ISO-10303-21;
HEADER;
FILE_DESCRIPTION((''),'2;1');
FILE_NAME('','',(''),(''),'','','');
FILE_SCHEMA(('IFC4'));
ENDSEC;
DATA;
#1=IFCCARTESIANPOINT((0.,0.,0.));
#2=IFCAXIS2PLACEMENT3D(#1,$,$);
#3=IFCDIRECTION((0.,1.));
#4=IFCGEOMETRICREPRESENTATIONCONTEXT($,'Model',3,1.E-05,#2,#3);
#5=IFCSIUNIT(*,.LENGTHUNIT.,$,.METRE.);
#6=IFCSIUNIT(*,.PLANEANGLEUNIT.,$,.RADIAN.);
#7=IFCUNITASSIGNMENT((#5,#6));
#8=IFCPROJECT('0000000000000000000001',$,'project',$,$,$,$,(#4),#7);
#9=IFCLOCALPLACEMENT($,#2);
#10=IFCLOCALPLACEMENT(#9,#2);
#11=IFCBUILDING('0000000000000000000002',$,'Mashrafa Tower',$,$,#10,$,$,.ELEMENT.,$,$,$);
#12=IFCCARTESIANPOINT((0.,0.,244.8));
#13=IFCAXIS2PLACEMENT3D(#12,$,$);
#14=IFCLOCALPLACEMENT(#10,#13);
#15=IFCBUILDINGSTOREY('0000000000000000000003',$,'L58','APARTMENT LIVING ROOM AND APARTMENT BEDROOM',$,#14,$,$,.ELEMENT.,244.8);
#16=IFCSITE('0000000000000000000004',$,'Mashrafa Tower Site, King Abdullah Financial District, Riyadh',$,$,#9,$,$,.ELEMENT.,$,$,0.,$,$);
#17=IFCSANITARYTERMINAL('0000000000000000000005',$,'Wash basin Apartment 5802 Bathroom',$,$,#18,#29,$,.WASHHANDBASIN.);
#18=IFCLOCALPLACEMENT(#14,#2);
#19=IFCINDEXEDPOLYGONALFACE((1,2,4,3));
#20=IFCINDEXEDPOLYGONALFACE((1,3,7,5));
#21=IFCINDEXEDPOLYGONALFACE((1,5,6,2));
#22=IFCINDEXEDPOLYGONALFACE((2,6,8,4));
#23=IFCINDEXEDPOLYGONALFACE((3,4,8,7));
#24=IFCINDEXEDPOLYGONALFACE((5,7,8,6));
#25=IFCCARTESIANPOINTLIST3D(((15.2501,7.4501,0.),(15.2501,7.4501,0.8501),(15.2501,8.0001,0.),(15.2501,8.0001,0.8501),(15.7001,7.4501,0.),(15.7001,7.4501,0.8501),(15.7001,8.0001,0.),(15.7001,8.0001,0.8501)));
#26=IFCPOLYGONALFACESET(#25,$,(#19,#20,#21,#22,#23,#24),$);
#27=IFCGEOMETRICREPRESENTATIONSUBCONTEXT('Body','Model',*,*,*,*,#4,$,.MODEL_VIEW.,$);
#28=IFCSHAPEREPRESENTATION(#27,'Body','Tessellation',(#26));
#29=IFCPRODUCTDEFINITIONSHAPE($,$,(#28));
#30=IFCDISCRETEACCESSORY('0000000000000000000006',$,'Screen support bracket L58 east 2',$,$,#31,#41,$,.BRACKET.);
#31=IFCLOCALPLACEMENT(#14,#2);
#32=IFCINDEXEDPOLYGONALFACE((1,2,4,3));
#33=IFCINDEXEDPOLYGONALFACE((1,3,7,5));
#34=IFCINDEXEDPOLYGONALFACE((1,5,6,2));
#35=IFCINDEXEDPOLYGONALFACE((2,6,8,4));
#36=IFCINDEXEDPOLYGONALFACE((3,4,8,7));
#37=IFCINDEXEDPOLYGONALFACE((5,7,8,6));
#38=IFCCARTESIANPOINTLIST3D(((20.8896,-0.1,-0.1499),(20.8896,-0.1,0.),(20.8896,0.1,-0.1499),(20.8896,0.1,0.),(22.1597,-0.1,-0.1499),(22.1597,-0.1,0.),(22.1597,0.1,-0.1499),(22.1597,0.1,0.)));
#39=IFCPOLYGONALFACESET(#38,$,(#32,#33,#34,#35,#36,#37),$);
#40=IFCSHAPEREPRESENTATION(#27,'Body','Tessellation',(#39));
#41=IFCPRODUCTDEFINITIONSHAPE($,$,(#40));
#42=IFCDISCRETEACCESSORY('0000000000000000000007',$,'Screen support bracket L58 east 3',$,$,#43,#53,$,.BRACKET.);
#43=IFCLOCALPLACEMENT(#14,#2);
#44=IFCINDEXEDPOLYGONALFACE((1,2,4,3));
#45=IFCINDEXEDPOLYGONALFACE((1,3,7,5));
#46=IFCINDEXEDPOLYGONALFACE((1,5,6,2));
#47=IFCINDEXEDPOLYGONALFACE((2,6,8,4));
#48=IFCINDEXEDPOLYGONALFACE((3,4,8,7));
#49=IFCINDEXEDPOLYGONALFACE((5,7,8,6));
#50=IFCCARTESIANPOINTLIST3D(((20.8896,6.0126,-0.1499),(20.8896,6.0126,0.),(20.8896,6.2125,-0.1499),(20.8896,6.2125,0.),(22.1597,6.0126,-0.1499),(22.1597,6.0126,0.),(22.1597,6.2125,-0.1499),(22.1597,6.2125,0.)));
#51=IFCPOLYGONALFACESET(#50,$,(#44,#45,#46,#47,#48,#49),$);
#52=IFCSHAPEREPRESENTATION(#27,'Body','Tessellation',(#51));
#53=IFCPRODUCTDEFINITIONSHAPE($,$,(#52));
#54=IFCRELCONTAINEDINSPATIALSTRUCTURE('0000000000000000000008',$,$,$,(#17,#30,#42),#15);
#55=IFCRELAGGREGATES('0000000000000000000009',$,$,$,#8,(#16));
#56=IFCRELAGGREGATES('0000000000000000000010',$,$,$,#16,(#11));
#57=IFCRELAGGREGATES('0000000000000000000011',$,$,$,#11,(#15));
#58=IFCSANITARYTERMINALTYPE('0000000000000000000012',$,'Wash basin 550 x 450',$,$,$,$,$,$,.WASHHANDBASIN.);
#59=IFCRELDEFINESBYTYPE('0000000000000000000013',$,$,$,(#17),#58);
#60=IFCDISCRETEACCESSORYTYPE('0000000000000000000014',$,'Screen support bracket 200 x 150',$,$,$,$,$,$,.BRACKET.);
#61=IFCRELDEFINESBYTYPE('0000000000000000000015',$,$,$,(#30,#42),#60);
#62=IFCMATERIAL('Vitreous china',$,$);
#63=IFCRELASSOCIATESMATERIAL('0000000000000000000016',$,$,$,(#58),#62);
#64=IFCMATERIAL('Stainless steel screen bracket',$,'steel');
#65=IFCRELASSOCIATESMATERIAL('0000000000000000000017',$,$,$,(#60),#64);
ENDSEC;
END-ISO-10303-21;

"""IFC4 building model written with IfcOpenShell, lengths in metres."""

from ifc_helpers import new_model, si_unit, direction, frame, origin, origin_2d, place, context, subcontext, project, spatial, rectangle, extrude, source, transform, mapped, material, type_object, type_shapes, element, save


model = new_model("IFC4")

# Units and contexts
model_context = context("Model", 3, precision=1e-05, world=origin(), true_north=direction((0.0, 1.0)))
body_context = subcontext(model_context, "Body", "Model", "MODEL_VIEW")
ifc_project = project(units=[si_unit("LENGTHUNIT", "METRE"), si_unit("PLANEANGLEUNIT", "RADIAN")], contexts=[model_context])

# Site, building, storey
site_placement = place(None, origin())
site = spatial("IfcSite", under=ifc_project, at=site_placement, Name="Mashrafa Tower Site, King Abdullah Financial District, Riyadh", CompositionType="ELEMENT", RefElevation=0.0)
building_placement = place(site_placement, origin())
building = spatial("IfcBuilding", under=site, at=building_placement, Name="Mashrafa Tower", CompositionType="ELEMENT")
storey_placement = place(building_placement, frame((0.0, 0.0, 244.8)))
storey = spatial("IfcBuildingStorey", under=building, at=storey_placement, Name="L58", Description="APARTMENT LIVING ROOM AND APARTMENT BEDROOM", CompositionType="ELEMENT", Elevation=244.8)

# Sanitary terminal
ifc_material_1 = material(Name="Vitreous china")
sanitary_terminal_type_1 = type_object("IfcSanitaryTerminalType", Name="Wash basin 550 x 450", PredefinedType="WASHHANDBASIN", material=ifc_material_1)
sanitary_terminal_1_placement = place(storey_placement, frame((15.4751, 7.7251, 0.0), z_axis=(0.0, 0.0, 1.0), x_axis=(0.0, 1.0, 0.0)))
element("IfcSanitaryTerminal", 1, at=sanitary_terminal_1_placement, inside=storey, type_object=sanitary_terminal_type_1, Name="Wash basin Apartment 5802 Bathroom", PredefinedType="WASHHANDBASIN", context=body_context, shape_type="SweptSolid", body=[
    extrude(rectangle(XDim=0.55, YDim=0.45, at=origin_2d()), origin(), (0.0, 0.0, 1.0), 0.8501),
])

# Discrete accessories
ifc_material_2 = material(Name="Stainless steel screen bracket", Category="steel")
discrete_accessory_type = type_object("IfcDiscreteAccessoryType", Name="Screen support bracket 200 x 150", PredefinedType="BRACKET", material=ifc_material_2)
shared_shape_1 = source(origin(), body_context, "Body", "SweptSolid", [
    extrude(rectangle(XDim=0.2, YDim=1.27, at=origin_2d()), origin(), (0.0, 0.0, 1.0), 0.1499),
])
type_shapes(discrete_accessory_type, [shared_shape_1])
for number, where, z_axis, x_axis, name in (
    (2, (21.5247, 0.0, -0.1499), (0.0, 0.0, 1.0), (0.0, 1.0, 0.0), "Screen support bracket L58 east 2"),
    (3, (21.5247, 6.1125, -0.1499), (0.0, 0.0, 1.0), (0.0, 1.0, 0.0), "Screen support bracket L58 east 3"),
):
    element("IfcDiscreteAccessory", number, at=place(storey_placement, frame(where, z_axis=z_axis, x_axis=x_axis)), inside=storey, type_object=discrete_accessory_type, Name=name, PredefinedType="BRACKET", context=body_context, shape_type="MappedRepresentation", body=[
        mapped(shared_shape_1, transform((0.0, 0.0, 0.0))),
    ])

save(model, "model.ifc")
